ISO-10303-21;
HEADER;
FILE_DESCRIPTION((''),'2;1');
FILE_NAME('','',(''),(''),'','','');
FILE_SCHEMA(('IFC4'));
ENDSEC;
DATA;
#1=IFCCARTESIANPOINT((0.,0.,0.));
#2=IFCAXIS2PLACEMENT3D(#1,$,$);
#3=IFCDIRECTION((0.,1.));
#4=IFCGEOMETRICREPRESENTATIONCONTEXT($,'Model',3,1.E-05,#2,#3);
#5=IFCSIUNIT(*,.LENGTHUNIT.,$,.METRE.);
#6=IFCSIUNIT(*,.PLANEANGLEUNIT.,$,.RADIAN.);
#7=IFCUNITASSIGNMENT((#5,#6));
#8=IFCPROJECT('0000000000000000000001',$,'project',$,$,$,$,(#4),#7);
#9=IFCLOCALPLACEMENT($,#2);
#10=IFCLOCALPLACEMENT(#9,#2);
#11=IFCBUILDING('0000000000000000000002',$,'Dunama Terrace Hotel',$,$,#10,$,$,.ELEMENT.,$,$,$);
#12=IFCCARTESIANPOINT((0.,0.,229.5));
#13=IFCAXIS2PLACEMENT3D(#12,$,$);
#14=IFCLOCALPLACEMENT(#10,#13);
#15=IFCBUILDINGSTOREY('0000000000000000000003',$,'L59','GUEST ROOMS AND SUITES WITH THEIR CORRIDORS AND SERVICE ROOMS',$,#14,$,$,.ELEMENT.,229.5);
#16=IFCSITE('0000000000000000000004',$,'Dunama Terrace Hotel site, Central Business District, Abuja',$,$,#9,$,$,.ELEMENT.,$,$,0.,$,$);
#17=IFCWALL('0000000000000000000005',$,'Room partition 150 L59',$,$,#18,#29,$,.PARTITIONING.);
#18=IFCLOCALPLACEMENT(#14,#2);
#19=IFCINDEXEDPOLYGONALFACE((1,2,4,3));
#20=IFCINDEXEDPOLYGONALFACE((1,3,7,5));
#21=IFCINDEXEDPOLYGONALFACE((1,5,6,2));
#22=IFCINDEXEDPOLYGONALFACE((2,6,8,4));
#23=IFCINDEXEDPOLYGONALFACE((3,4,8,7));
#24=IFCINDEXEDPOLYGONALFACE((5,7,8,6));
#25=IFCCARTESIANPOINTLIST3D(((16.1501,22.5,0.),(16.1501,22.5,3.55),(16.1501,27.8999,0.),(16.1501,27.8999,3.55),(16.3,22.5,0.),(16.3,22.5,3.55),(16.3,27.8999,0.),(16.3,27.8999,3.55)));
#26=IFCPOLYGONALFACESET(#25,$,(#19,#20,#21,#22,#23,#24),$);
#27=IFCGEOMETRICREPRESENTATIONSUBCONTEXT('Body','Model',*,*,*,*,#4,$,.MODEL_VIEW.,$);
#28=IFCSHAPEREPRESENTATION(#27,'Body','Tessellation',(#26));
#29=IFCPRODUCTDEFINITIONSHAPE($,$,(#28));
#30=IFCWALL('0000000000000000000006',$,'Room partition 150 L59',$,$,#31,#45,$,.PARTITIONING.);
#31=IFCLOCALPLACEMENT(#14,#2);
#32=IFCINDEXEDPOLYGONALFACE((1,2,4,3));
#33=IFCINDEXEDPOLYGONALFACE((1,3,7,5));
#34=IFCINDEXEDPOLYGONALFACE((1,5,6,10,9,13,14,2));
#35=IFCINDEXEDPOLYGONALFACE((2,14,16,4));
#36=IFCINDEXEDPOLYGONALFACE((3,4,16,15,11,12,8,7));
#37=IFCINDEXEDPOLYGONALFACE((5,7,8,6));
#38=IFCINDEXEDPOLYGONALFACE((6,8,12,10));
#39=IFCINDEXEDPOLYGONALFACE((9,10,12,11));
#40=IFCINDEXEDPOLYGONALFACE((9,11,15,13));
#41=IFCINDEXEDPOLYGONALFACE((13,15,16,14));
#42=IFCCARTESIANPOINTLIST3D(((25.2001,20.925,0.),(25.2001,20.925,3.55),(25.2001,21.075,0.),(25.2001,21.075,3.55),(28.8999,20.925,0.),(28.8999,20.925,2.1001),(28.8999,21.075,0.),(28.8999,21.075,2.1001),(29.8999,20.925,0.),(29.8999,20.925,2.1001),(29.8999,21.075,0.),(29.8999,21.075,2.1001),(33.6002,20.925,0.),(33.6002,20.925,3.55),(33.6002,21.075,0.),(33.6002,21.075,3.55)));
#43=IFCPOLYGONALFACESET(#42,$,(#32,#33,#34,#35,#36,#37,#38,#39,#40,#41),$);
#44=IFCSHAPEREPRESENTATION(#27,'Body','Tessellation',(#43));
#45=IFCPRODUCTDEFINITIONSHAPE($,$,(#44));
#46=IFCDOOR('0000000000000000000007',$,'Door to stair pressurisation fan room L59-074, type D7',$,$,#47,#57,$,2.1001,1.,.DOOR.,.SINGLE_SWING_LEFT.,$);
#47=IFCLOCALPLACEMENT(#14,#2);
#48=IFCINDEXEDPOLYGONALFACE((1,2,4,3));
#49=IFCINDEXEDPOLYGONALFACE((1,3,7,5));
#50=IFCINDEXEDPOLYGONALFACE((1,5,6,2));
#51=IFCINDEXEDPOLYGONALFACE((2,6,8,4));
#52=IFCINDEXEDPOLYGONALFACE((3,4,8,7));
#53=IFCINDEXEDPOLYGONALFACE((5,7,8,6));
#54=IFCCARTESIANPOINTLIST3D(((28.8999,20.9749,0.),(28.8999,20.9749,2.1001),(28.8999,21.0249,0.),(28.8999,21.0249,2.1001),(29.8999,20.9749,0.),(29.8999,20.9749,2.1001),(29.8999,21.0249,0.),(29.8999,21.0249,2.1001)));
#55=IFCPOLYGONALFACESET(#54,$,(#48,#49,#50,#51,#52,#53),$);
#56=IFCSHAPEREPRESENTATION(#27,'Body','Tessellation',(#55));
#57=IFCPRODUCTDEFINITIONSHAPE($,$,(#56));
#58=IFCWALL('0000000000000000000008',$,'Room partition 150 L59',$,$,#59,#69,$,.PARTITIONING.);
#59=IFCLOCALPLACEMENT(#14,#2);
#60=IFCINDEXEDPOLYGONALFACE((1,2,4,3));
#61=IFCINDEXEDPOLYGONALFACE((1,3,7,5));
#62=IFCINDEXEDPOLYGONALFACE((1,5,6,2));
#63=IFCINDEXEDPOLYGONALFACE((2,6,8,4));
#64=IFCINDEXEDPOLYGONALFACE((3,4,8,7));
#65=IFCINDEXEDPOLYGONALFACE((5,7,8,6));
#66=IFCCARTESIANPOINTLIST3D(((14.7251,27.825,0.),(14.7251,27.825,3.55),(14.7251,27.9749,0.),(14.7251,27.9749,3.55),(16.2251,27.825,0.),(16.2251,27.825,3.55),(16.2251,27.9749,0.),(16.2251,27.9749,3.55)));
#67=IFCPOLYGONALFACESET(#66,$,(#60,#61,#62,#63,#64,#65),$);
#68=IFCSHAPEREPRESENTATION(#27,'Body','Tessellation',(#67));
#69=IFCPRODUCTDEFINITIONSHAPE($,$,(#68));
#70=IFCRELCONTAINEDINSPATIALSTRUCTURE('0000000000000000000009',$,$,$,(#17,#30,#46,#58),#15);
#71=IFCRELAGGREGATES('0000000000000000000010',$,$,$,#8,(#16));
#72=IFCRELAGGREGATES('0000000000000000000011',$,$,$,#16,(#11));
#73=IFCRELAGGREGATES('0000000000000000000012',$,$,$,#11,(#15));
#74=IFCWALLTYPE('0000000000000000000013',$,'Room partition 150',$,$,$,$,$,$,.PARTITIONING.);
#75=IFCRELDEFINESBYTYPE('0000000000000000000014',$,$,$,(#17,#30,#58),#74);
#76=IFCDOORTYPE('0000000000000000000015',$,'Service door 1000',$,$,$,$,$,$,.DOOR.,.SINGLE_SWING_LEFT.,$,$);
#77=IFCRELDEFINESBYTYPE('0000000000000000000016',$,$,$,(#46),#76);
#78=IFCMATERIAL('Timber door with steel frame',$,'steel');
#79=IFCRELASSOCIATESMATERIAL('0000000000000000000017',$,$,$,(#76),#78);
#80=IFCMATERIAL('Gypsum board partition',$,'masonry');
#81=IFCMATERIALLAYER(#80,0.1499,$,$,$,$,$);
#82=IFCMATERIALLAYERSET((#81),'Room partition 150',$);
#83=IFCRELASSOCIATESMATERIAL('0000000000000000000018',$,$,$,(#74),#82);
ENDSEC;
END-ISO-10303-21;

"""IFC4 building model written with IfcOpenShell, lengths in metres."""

from ifc_helpers import new_model, si_unit, direction, frame, frame_2d, origin, place, context, subcontext, project, spatial, rectangle, extrude, material, layer, layer_set, type_object, element, fill, save


model = new_model("IFC4")

# Units and contexts
model_context = context("Model", 3, precision=1e-05, world=origin(), true_north=direction((0.0, 1.0)))
body_context = subcontext(model_context, "Body", "Model", "MODEL_VIEW")
ifc_project = project(units=[si_unit("LENGTHUNIT", "METRE"), si_unit("PLANEANGLEUNIT", "RADIAN")], contexts=[model_context])

# Site, building, storey
site_placement = place(None, origin())
site = spatial("IfcSite", under=ifc_project, at=site_placement, Name="Dunama Terrace Hotel site, Central Business District, Abuja", CompositionType="ELEMENT", RefElevation=0.0)
building_placement = place(site_placement, origin())
building = spatial("IfcBuilding", under=site, at=building_placement, Name="Dunama Terrace Hotel", CompositionType="ELEMENT")
storey_placement = place(building_placement, frame((0.0, 0.0, 229.5)))
storey = spatial("IfcBuildingStorey", under=building, at=storey_placement, Name="L59", Description="GUEST ROOMS AND SUITES WITH THEIR CORRIDORS AND SERVICE ROOMS", CompositionType="ELEMENT", Elevation=229.5)

# Shared definitions
ifc_material_1 = material(Name="Timber door with steel frame", Category="steel")
door_type_1 = type_object("IfcDoorType", Name="Service door 1000", OperationType="SINGLE_SWING_LEFT", PredefinedType="DOOR", material=ifc_material_1)

# Wall
ifc_material_2 = material(Name="Gypsum board partition", Category="masonry")
ifc_layer_1 = layer(ifc_material_2, 0.1499)
ifc_layer_set_1 = layer_set([ifc_layer_1], Name="Room partition 150")
wall_type_1 = type_object("IfcWallType", Name="Room partition 150", PredefinedType="PARTITIONING", material=ifc_layer_set_1)
wall_1_placement = place(storey_placement, frame((16.2251, 22.5, 0.0), z_axis=(0.0, 0.0, 1.0), x_axis=(0.0, 1.0, 0.0)))
element("IfcWall", 1, at=wall_1_placement, inside=storey, type_object=wall_type_1, Name="Room partition 150 L59", PredefinedType="PARTITIONING", context=body_context, shape_type="SweptSolid", body=[
    extrude(rectangle(XDim=5.3999, YDim=0.1499, at=frame_2d((2.7, 0.0))), origin(), (0.0, 0.0, 1.0), 3.55),
])

# Wall, opening, door
wall_2_placement = place(storey_placement, frame((25.2, 21.0, 0.0), z_axis=(0.0, 0.0, 1.0), x_axis=(1.0, 0.0, 0.0)))
wall_2 = element("IfcWall", 2, at=wall_2_placement, inside=storey, type_object=wall_type_1, Name="Room partition 150 L59", PredefinedType="PARTITIONING", context=body_context, shape_type="SweptSolid", body=[
    extrude(rectangle(XDim=8.4001, YDim=0.1499, at=frame_2d((4.2002, 0.0))), origin(), (0.0, 0.0, 1.0), 3.55),
])
opening_1_placement = place(wall_2_placement, frame((3.7, 0.0, 0.0)))
opening_1 = element("IfcOpeningElement", 3, at=opening_1_placement, cuts=wall_2, PredefinedType="OPENING", context=body_context, shape_type="SweptSolid", body=[
    extrude(rectangle(XDim=1.0, YDim=2.1001, at=frame_2d((0.5, 1.05))), frame((0.0, 0.085, 0.0), z_axis=(0.0, -1.0, 0.0), x_axis=(1.0, 0.0, 0.0)), (0.0, 0.0, 1.0), 0.1699),
])
door_1_placement = place(opening_1_placement, origin())
door_1 = element("IfcDoor", 4, at=door_1_placement, inside=storey, type_object=door_type_1, Name="Door to stair pressurisation fan room L59-074, type D7", OperationType="SINGLE_SWING_LEFT", OverallHeight=2.1001, OverallWidth=1.0, PredefinedType="DOOR", context=body_context, shape_type="SweptSolid", body=[
    extrude(rectangle(XDim=1.0, YDim=2.1001, at=frame_2d((0.5, 1.05))), frame((0.0, 0.0249, 0.0), z_axis=(0.0, -1.0, 0.0), x_axis=(1.0, 0.0, 0.0)), (0.0, 0.0, 1.0), 0.05),
])
fill(opening_1, door_1)

# Wall
wall_3_placement = place(storey_placement, frame((14.7251, 27.8999, 0.0), z_axis=(0.0, 0.0, 1.0), x_axis=(1.0, 0.0, 0.0)))
element("IfcWall", 5, at=wall_3_placement, inside=storey, type_object=wall_type_1, Name="Room partition 150 L59", PredefinedType="PARTITIONING", context=body_context, shape_type="SweptSolid", body=[
    extrude(rectangle(XDim=1.5, YDim=0.1499, at=frame_2d((0.75, 0.0))), origin(), (0.0, 0.0, 1.0), 3.55),
])

save(model, "model.ifc")
